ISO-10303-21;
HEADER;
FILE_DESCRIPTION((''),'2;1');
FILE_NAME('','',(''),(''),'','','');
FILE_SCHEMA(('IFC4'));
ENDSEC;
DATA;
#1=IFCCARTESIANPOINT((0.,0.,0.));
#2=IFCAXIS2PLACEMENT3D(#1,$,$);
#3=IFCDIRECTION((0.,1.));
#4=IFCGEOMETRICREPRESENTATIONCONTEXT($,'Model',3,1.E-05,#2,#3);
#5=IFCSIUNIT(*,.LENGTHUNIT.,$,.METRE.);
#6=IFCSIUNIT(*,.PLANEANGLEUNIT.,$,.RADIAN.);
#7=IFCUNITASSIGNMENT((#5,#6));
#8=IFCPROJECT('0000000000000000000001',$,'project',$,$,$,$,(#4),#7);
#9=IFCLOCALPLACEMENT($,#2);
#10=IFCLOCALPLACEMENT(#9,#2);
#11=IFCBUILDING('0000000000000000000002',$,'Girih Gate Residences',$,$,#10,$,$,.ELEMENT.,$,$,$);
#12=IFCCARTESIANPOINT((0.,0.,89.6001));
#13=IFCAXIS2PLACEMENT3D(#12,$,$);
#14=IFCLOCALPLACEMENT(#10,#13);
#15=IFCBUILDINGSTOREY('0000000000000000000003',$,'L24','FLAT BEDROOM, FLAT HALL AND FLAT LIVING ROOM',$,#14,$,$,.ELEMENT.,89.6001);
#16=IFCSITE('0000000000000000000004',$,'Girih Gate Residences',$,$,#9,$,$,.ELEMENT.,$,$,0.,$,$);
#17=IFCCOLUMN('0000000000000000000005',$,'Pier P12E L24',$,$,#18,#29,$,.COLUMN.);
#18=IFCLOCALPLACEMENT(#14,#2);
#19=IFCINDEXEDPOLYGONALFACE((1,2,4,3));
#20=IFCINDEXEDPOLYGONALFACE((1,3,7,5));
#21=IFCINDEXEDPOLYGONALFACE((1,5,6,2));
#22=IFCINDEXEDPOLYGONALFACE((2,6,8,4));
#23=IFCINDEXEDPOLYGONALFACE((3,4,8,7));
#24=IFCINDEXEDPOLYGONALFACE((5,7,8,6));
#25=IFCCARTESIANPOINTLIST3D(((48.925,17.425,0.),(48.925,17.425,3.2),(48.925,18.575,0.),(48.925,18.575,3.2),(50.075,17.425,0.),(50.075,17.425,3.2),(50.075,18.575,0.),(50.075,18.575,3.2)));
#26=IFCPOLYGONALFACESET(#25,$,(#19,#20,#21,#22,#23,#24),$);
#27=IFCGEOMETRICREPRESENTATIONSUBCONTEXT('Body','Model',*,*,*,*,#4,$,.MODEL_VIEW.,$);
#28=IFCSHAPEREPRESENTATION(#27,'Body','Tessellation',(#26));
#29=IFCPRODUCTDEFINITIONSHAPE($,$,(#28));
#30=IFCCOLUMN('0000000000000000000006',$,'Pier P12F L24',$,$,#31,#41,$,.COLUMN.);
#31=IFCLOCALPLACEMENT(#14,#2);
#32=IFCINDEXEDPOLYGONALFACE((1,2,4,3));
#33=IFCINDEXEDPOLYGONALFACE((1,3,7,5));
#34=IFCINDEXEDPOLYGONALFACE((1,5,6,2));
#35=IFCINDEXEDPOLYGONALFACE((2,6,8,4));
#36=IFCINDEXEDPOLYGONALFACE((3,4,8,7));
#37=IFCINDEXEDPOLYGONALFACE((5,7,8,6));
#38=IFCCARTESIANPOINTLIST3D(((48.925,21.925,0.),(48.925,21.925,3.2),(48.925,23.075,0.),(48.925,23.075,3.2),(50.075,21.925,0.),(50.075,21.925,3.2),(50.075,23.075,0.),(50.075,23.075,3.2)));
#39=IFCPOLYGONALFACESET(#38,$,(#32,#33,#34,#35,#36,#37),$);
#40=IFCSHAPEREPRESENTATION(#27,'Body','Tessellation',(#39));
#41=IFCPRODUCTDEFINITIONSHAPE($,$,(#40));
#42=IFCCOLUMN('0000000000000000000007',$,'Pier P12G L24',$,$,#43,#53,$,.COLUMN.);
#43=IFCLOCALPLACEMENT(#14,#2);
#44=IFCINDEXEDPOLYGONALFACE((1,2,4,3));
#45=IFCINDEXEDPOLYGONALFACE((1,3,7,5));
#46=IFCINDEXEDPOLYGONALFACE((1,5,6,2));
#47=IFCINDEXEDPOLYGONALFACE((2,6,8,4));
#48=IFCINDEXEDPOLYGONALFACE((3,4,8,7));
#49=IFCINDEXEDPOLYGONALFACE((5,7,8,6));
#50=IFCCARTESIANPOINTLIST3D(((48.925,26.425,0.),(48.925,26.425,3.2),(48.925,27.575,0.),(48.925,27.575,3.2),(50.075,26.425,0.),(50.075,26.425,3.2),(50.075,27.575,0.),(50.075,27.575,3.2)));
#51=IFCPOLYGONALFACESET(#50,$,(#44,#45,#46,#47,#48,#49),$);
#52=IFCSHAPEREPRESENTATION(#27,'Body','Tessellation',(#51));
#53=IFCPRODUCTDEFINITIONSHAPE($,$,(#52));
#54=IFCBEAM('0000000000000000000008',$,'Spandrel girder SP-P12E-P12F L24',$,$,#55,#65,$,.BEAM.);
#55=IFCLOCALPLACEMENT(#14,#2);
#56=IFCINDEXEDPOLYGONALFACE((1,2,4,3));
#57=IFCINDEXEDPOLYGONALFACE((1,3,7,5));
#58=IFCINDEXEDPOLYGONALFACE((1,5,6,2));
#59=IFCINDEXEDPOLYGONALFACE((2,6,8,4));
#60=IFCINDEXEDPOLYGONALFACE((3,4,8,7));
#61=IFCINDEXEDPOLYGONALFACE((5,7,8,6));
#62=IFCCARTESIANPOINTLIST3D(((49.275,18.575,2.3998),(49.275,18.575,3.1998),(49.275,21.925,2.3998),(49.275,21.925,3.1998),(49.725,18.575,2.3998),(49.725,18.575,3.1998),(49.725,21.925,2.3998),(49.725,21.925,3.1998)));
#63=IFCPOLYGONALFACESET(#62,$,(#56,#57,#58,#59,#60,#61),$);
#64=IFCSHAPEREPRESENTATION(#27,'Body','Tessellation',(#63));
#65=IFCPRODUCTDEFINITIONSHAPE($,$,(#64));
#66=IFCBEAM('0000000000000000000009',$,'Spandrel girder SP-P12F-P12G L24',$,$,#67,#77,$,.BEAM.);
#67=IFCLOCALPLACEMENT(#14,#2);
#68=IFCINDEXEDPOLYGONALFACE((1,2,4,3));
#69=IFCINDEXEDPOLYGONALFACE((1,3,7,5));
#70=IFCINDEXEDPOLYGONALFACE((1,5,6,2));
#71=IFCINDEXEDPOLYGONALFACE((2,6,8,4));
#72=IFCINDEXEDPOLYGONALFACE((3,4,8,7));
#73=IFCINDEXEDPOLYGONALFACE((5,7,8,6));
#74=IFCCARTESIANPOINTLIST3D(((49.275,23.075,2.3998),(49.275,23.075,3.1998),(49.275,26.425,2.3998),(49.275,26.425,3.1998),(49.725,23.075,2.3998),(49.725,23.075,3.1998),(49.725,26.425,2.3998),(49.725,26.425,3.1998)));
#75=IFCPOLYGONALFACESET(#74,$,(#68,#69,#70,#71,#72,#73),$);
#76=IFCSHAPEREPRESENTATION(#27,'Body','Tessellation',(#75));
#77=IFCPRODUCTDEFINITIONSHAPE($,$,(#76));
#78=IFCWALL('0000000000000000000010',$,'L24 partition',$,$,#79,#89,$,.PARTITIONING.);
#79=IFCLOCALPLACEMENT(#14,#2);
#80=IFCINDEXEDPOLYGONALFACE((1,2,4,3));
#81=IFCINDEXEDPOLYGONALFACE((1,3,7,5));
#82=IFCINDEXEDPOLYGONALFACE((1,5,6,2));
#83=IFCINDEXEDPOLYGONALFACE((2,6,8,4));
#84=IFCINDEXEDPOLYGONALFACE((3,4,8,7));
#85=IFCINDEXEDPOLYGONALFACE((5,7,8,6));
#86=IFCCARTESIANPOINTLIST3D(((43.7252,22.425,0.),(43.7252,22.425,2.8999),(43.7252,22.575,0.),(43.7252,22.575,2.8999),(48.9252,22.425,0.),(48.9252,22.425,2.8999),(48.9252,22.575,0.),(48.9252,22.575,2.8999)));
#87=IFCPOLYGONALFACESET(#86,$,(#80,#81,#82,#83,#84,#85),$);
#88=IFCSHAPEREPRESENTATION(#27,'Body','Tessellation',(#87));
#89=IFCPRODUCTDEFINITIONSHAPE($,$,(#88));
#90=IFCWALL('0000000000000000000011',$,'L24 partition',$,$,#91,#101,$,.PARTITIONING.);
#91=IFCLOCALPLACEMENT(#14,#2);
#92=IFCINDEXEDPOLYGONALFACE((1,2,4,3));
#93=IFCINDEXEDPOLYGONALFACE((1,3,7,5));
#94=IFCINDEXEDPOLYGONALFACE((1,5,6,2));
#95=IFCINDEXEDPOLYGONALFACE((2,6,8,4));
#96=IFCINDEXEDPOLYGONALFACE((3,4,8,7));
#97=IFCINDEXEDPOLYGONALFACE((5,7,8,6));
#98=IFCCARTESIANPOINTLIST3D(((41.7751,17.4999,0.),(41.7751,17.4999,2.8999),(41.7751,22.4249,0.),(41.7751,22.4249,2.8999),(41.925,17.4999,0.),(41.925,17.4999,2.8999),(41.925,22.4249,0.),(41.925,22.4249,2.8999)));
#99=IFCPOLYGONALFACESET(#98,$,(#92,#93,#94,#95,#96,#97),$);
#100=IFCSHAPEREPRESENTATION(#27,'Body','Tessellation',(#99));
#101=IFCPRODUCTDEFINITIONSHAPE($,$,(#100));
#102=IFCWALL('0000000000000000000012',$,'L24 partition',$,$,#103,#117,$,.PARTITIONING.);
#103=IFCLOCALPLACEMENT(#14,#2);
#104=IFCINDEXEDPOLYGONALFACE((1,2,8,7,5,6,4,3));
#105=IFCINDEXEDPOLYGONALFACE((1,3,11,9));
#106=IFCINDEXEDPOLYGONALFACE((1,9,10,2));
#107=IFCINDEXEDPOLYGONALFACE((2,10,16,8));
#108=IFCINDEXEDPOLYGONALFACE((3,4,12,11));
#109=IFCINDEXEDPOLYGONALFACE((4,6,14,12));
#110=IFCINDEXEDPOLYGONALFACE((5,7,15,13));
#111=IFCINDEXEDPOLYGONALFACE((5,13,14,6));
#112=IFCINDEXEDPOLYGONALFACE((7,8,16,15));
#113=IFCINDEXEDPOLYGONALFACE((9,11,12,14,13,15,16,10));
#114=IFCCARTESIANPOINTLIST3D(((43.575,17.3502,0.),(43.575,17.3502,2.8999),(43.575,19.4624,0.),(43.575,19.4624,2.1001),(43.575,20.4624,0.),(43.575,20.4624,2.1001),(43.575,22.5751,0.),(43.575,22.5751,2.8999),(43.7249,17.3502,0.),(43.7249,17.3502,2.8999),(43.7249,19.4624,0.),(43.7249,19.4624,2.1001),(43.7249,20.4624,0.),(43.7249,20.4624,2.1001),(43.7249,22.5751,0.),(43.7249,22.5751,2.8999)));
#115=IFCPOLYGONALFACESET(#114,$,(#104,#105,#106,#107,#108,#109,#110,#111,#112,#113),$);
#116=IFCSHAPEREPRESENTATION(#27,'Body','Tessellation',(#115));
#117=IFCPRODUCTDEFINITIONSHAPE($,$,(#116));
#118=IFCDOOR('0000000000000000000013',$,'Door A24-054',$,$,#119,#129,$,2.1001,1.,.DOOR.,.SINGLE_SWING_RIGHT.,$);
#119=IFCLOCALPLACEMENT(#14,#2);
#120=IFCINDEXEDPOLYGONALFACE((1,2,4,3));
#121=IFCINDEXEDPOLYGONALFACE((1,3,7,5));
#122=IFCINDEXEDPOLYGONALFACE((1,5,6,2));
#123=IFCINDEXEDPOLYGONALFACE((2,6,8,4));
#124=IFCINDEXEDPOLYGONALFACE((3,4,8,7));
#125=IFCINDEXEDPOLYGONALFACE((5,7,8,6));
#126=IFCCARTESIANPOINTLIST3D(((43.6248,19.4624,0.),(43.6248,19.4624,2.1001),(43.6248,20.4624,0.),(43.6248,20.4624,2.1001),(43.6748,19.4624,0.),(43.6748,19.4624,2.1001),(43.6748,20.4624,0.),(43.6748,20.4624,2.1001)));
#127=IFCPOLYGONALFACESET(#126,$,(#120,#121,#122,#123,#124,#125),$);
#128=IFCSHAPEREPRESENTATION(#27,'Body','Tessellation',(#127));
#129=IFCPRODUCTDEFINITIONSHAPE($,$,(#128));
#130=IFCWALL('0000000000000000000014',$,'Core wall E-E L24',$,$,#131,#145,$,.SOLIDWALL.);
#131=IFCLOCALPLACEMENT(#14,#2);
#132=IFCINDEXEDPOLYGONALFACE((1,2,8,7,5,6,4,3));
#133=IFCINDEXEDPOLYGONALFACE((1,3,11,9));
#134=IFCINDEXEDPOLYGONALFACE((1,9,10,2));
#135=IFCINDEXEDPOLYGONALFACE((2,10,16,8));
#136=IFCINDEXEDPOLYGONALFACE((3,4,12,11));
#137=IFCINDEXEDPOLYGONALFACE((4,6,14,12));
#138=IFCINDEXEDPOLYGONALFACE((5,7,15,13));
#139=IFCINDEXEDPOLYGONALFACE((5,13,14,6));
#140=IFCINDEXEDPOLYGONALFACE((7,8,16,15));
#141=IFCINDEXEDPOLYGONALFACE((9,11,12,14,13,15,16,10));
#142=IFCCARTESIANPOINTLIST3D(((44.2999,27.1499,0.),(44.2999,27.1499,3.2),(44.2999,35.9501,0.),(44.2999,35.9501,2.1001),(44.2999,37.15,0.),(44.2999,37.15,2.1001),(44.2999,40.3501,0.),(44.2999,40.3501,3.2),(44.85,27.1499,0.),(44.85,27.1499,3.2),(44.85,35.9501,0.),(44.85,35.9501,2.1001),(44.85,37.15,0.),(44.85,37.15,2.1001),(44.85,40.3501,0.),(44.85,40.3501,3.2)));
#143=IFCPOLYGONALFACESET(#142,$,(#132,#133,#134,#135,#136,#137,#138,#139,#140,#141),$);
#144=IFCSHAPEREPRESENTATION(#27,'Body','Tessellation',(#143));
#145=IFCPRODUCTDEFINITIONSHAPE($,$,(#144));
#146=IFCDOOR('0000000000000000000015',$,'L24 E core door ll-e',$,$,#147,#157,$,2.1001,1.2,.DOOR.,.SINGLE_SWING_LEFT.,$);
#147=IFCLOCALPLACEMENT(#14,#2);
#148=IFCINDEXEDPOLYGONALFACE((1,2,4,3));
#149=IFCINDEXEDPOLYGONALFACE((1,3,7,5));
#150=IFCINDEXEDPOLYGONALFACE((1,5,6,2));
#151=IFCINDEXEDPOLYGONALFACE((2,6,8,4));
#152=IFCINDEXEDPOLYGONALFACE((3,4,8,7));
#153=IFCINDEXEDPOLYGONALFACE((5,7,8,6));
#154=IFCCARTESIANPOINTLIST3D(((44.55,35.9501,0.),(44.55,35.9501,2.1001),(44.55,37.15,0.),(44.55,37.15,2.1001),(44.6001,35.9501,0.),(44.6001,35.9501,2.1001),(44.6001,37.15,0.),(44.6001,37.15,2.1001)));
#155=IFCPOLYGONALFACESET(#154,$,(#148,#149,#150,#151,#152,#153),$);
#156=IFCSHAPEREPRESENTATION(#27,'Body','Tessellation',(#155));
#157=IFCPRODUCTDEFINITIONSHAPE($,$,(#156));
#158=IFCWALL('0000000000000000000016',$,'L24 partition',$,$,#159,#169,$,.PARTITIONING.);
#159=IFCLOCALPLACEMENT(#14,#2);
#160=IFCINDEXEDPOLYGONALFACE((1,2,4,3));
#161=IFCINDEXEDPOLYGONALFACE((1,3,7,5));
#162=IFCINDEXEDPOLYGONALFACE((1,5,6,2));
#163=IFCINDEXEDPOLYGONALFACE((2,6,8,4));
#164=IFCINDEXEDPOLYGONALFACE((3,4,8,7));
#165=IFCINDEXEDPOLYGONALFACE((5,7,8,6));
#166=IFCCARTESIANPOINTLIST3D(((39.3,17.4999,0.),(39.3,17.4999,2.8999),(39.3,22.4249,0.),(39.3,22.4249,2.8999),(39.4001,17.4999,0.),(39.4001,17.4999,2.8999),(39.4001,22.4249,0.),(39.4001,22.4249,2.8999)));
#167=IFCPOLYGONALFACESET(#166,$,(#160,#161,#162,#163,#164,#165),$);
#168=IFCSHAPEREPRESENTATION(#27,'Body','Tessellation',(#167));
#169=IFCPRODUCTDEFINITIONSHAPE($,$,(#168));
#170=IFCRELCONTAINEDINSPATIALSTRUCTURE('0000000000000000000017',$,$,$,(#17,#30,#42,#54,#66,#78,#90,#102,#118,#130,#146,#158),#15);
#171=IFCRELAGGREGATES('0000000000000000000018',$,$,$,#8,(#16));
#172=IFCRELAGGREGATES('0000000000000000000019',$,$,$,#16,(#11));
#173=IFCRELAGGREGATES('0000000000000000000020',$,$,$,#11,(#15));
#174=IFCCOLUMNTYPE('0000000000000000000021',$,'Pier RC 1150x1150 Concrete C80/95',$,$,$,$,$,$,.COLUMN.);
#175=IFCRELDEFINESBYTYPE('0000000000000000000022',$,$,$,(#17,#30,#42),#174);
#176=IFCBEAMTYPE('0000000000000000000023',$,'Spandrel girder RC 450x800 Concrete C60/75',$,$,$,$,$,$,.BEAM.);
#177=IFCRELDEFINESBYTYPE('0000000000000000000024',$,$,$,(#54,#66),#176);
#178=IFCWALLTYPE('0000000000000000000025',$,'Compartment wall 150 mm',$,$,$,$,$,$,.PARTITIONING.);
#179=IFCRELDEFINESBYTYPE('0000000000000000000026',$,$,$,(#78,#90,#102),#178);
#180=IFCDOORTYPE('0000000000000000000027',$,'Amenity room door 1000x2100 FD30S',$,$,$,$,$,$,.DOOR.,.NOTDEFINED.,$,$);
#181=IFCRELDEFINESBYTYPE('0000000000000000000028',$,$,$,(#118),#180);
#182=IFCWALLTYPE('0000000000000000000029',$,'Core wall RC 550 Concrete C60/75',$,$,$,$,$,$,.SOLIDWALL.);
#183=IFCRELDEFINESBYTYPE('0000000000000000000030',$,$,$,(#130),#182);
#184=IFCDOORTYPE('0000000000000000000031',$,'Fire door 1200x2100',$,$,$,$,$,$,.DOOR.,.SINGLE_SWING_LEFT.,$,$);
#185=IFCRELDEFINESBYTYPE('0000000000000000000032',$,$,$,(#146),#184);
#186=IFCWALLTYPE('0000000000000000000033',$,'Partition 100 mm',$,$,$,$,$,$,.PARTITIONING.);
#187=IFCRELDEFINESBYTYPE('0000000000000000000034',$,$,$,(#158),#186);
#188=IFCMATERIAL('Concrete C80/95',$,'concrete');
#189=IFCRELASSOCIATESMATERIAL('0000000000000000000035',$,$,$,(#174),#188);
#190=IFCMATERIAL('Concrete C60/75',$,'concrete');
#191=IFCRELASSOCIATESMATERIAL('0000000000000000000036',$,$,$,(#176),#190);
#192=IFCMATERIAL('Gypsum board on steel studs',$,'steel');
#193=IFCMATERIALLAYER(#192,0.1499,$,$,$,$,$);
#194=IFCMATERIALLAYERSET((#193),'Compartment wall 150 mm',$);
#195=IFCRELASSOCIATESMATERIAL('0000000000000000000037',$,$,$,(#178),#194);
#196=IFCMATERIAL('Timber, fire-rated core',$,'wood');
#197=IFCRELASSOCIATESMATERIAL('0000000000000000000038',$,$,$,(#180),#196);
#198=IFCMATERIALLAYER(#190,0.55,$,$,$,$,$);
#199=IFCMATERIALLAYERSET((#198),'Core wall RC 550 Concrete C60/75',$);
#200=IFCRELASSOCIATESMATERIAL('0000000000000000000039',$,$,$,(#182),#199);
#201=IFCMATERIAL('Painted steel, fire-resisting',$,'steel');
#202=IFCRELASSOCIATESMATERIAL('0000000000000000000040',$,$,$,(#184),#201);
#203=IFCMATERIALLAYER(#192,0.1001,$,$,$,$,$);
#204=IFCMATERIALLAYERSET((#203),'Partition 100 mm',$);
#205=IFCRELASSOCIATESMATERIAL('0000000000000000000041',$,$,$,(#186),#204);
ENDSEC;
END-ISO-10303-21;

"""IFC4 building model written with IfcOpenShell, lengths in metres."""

from ifc_helpers import new_model, si_unit, direction, frame, frame_2d, origin, origin_2d, place, context, subcontext, project, spatial, rectangle, extrude, material, layer, layer_set, material_profile, profile_set, type_object, element, fill, save


model = new_model("IFC4")

# Units and contexts
model_context = context("Model", 3, precision=1e-05, world=origin(), true_north=direction((0.0, 1.0)))
body_context = subcontext(model_context, "Body", "Model", "MODEL_VIEW")
ifc_project = project(units=[si_unit("LENGTHUNIT", "METRE"), si_unit("PLANEANGLEUNIT", "RADIAN")], contexts=[model_context])

# Site, building, storey
site_placement = place(None, origin())
site = spatial("IfcSite", under=ifc_project, at=site_placement, Name="Girih Gate Residences", CompositionType="ELEMENT", RefElevation=0.0)
building_placement = place(site_placement, origin())
building = spatial("IfcBuilding", under=site, at=building_placement, Name="Girih Gate Residences", CompositionType="ELEMENT")
storey_placement = place(building_placement, frame((0.0, 0.0, 89.6001)))
storey = spatial("IfcBuildingStorey", under=building, at=storey_placement, Name="L24", Description="FLAT BEDROOM, FLAT HALL AND FLAT LIVING ROOM", CompositionType="ELEMENT", Elevation=89.6001)

# Columns
ifc_material_1 = material(Name="Concrete C80/95", Category="concrete")
ifc_material_profile_1 = material_profile(ifc_material_1, rectangle(XDim=1.1499, YDim=1.1499, at=origin_2d()))
ifc_profile_set_1 = profile_set([ifc_material_profile_1], Name="Concrete C80/95")
column_type = type_object("IfcColumnType", Name="Pier RC 1150x1150 Concrete C80/95", PredefinedType="COLUMN", material=ifc_profile_set_1)
for number, where, z_axis, x_axis, name in (
    (1, (49.5, 18.0, 0.0), (0.0, 0.0, 1.0), (1.0, 0.0, 0.0), "Pier P12E L24"),
    (2, (49.5, 22.5, 0.0), (0.0, 0.0, 1.0), (1.0, 0.0, 0.0), "Pier P12F L24"),
    (3, (49.5, 27.0, 0.0), (0.0, 0.0, 1.0), (1.0, 0.0, 0.0), "Pier P12G L24"),
):
    element("IfcColumn", number, at=place(storey_placement, frame(where, z_axis=z_axis, x_axis=x_axis)), inside=storey, type_object=column_type, Name=name, PredefinedType="COLUMN", context=body_context, shape_type="SweptSolid", body=[
        extrude(rectangle(XDim=1.1499, YDim=1.1499, at=origin_2d()), origin(), (0.0, 0.0, 1.0), 3.2),
    ])

# Beams
ifc_material_2 = material(Name="Concrete C60/75", Category="concrete")
ifc_material_profile_2 = material_profile(ifc_material_2, rectangle(XDim=0.45, YDim=0.8, at=origin_2d()))
ifc_profile_set_2 = profile_set([ifc_material_profile_2], Name="Concrete C60/75")
beam_type = type_object("IfcBeamType", Name="Spandrel girder RC 450x800 Concrete C60/75", PredefinedType="BEAM", material=ifc_profile_set_2)
for number, where, z_axis, x_axis, name in (
    (4, (49.5, 18.575, 2.7998), (0.0, 1.0, 0.0), (-1.0, 0.0, 0.0), "Spandrel girder SP-P12E-P12F L24"),
    (5, (49.5, 23.075, 2.7998), (0.0, 1.0, 0.0), (-1.0, 0.0, 0.0), "Spandrel girder SP-P12F-P12G L24"),
):
    element("IfcBeam", number, at=place(storey_placement, frame(where, z_axis=z_axis, x_axis=x_axis)), inside=storey, type_object=beam_type, Name=name, PredefinedType="BEAM", context=body_context, shape_type="SweptSolid", body=[
        extrude(rectangle(XDim=0.45, YDim=0.8, at=origin_2d()), origin(), (0.0, 0.0, 1.0), 3.3501),
    ])

# Walls
ifc_material_3 = material(Name="Gypsum board on steel studs", Category="steel")
ifc_layer_1 = layer(ifc_material_3, 0.1499)
ifc_layer_set_1 = layer_set([ifc_layer_1], Name="Compartment wall 150 mm")
wall_type_1 = type_object("IfcWallType", Name="Compartment wall 150 mm", PredefinedType="PARTITIONING", material=ifc_layer_set_1)
wall_1_placement = place(storey_placement, frame((43.7251, 22.5, 0.0), z_axis=(0.0, 0.0, 1.0), x_axis=(1.0, 0.0, 0.0)))
element("IfcWall", 6, at=wall_1_placement, inside=storey, type_object=wall_type_1, Name="L24 partition", PredefinedType="PARTITIONING", context=body_context, shape_type="SweptSolid", body=[
    extrude(rectangle(XDim=5.2, YDim=0.1499, at=frame_2d((2.6001, 0.0))), origin(), (0.0, 0.0, 1.0), 2.8999),
])
wall_2_placement = place(storey_placement, frame((41.8501, 17.5, 0.0), z_axis=(0.0, 0.0, 1.0), x_axis=(0.0, 1.0, 0.0)))
element("IfcWall", 7, at=wall_2_placement, inside=storey, type_object=wall_type_1, Name="L24 partition", PredefinedType="PARTITIONING", context=body_context, shape_type="SweptSolid", body=[
    extrude(rectangle(XDim=4.925, YDim=0.1499, at=frame_2d((2.4624, 0.0))), origin(), (0.0, 0.0, 1.0), 2.8999),
])

# Walls, openings, doors
wall_3_placement = place(storey_placement, frame((43.6499, 22.575, 0.0), z_axis=(0.0, 0.0, 1.0), x_axis=(0.0, -1.0, 0.0)))
wall_3 = element("IfcWall", 8, at=wall_3_placement, inside=storey, type_object=wall_type_1, Name="L24 partition", PredefinedType="PARTITIONING", context=body_context, shape_type="SweptSolid", body=[
    extrude(rectangle(XDim=5.2249, YDim=0.1499, at=frame_2d((2.6123, 0.0))), origin(), (0.0, 0.0, 1.0), 2.8999),
])
opening_1_placement = place(wall_3_placement, frame((2.1125, 0.0, 0.0)))
opening_1 = element("IfcOpeningElement", 9, at=opening_1_placement, cuts=wall_3, PredefinedType="OPENING", context=body_context, shape_type="SweptSolid", body=[
    extrude(rectangle(XDim=1.0, YDim=2.1001, at=frame_2d((0.5, 1.05))), frame((0.0, 0.085, 0.0), z_axis=(0.0, -1.0, 0.0), x_axis=(1.0, 0.0, 0.0)), (0.0, 0.0, 1.0), 0.1699),
])
ifc_material_4 = material(Name="Timber, fire-rated core", Category="wood")
door_type_1 = type_object("IfcDoorType", Name="Amenity room door 1000x2100 FD30S", OperationType="NOTDEFINED", PredefinedType="DOOR", material=ifc_material_4)
door_1_placement = place(opening_1_placement, origin())
door_1 = element("IfcDoor", 10, at=door_1_placement, inside=storey, type_object=door_type_1, Name="Door A24-054", OperationType="SINGLE_SWING_RIGHT", OverallHeight=2.1001, OverallWidth=1.0, PredefinedType="DOOR", context=body_context, shape_type="SweptSolid", body=[
    extrude(rectangle(XDim=1.0, YDim=2.1001, at=frame_2d((0.5, 1.05))), frame((0.0, 0.0249, 0.0), z_axis=(0.0, -1.0, 0.0), x_axis=(1.0, 0.0, 0.0)), (0.0, 0.0, 1.0), 0.05),
])
fill(opening_1, door_1)
ifc_layer_2 = layer(ifc_material_2, 0.55)
ifc_layer_set_2 = layer_set([ifc_layer_2], Name="Core wall RC 550 Concrete C60/75")
wall_type_2 = type_object("IfcWallType", Name="Core wall RC 550 Concrete C60/75", PredefinedType="SOLIDWALL", material=ifc_layer_set_2)
wall_4_placement = place(storey_placement, frame((44.575, 27.1499, 0.0), z_axis=(0.0, 0.0, 1.0), x_axis=(0.0, 1.0, 0.0)))
wall_4 = element("IfcWall", 11, at=wall_4_placement, inside=storey, type_object=wall_type_2, Name="Core wall E-E L24", PredefinedType="SOLIDWALL", context=body_context, shape_type="SweptSolid", body=[
    extrude(rectangle(XDim=13.2002, YDim=0.55, at=frame_2d((6.6001, 0.0))), origin(), (0.0, 0.0, 1.0), 3.2),
])
opening_2_placement = place(wall_4_placement, frame((8.8, 0.0, 0.0)))
opening_2 = element("IfcOpeningElement", 12, at=opening_2_placement, cuts=wall_4, PredefinedType="OPENING", context=body_context, shape_type="SweptSolid", body=[
    extrude(rectangle(XDim=1.2, YDim=2.1001, at=frame_2d((0.6001, 1.05))), frame((0.0, 0.2849, 0.0), z_axis=(0.0, -1.0, 0.0), x_axis=(1.0, 0.0, 0.0)), (0.0, 0.0, 1.0), 0.5701),
])
ifc_material_5 = material(Name="Painted steel, fire-resisting", Category="steel")
door_type_2 = type_object("IfcDoorType", Name="Fire door 1200x2100", OperationType="SINGLE_SWING_LEFT", PredefinedType="DOOR", material=ifc_material_5)
door_2_placement = place(opening_2_placement, origin())
door_2 = element("IfcDoor", 13, at=door_2_placement, inside=storey, type_object=door_type_2, Name="L24 E core door ll-e", OperationType="SINGLE_SWING_LEFT", OverallHeight=2.1001, OverallWidth=1.2, PredefinedType="DOOR", context=body_context, shape_type="SweptSolid", body=[
    extrude(rectangle(XDim=1.2, YDim=2.1001, at=frame_2d((0.6001, 1.05))), frame((0.0, 0.0249, 0.0), z_axis=(0.0, -1.0, 0.0), x_axis=(1.0, 0.0, 0.0)), (0.0, 0.0, 1.0), 0.05),
])
fill(opening_2, door_2)

# Wall
ifc_layer_3 = layer(ifc_material_3, 0.1001)
ifc_layer_set_3 = layer_set([ifc_layer_3], Name="Partition 100 mm")
wall_type_3 = type_object("IfcWallType", Name="Partition 100 mm", PredefinedType="PARTITIONING", material=ifc_layer_set_3)
wall_5_placement = place(storey_placement, frame((39.3501, 17.5, 0.0), z_axis=(0.0, 0.0, 1.0), x_axis=(0.0, 1.0, 0.0)))
element("IfcWall", 14, at=wall_5_placement, inside=storey, type_object=wall_type_3, Name="L24 partition", PredefinedType="PARTITIONING", context=body_context, shape_type="SweptSolid", body=[
    extrude(rectangle(XDim=4.925, YDim=0.1001, at=frame_2d((2.4624, 0.0))), origin(), (0.0, 0.0, 1.0), 2.8999),
])

save(model, "model.ifc")
